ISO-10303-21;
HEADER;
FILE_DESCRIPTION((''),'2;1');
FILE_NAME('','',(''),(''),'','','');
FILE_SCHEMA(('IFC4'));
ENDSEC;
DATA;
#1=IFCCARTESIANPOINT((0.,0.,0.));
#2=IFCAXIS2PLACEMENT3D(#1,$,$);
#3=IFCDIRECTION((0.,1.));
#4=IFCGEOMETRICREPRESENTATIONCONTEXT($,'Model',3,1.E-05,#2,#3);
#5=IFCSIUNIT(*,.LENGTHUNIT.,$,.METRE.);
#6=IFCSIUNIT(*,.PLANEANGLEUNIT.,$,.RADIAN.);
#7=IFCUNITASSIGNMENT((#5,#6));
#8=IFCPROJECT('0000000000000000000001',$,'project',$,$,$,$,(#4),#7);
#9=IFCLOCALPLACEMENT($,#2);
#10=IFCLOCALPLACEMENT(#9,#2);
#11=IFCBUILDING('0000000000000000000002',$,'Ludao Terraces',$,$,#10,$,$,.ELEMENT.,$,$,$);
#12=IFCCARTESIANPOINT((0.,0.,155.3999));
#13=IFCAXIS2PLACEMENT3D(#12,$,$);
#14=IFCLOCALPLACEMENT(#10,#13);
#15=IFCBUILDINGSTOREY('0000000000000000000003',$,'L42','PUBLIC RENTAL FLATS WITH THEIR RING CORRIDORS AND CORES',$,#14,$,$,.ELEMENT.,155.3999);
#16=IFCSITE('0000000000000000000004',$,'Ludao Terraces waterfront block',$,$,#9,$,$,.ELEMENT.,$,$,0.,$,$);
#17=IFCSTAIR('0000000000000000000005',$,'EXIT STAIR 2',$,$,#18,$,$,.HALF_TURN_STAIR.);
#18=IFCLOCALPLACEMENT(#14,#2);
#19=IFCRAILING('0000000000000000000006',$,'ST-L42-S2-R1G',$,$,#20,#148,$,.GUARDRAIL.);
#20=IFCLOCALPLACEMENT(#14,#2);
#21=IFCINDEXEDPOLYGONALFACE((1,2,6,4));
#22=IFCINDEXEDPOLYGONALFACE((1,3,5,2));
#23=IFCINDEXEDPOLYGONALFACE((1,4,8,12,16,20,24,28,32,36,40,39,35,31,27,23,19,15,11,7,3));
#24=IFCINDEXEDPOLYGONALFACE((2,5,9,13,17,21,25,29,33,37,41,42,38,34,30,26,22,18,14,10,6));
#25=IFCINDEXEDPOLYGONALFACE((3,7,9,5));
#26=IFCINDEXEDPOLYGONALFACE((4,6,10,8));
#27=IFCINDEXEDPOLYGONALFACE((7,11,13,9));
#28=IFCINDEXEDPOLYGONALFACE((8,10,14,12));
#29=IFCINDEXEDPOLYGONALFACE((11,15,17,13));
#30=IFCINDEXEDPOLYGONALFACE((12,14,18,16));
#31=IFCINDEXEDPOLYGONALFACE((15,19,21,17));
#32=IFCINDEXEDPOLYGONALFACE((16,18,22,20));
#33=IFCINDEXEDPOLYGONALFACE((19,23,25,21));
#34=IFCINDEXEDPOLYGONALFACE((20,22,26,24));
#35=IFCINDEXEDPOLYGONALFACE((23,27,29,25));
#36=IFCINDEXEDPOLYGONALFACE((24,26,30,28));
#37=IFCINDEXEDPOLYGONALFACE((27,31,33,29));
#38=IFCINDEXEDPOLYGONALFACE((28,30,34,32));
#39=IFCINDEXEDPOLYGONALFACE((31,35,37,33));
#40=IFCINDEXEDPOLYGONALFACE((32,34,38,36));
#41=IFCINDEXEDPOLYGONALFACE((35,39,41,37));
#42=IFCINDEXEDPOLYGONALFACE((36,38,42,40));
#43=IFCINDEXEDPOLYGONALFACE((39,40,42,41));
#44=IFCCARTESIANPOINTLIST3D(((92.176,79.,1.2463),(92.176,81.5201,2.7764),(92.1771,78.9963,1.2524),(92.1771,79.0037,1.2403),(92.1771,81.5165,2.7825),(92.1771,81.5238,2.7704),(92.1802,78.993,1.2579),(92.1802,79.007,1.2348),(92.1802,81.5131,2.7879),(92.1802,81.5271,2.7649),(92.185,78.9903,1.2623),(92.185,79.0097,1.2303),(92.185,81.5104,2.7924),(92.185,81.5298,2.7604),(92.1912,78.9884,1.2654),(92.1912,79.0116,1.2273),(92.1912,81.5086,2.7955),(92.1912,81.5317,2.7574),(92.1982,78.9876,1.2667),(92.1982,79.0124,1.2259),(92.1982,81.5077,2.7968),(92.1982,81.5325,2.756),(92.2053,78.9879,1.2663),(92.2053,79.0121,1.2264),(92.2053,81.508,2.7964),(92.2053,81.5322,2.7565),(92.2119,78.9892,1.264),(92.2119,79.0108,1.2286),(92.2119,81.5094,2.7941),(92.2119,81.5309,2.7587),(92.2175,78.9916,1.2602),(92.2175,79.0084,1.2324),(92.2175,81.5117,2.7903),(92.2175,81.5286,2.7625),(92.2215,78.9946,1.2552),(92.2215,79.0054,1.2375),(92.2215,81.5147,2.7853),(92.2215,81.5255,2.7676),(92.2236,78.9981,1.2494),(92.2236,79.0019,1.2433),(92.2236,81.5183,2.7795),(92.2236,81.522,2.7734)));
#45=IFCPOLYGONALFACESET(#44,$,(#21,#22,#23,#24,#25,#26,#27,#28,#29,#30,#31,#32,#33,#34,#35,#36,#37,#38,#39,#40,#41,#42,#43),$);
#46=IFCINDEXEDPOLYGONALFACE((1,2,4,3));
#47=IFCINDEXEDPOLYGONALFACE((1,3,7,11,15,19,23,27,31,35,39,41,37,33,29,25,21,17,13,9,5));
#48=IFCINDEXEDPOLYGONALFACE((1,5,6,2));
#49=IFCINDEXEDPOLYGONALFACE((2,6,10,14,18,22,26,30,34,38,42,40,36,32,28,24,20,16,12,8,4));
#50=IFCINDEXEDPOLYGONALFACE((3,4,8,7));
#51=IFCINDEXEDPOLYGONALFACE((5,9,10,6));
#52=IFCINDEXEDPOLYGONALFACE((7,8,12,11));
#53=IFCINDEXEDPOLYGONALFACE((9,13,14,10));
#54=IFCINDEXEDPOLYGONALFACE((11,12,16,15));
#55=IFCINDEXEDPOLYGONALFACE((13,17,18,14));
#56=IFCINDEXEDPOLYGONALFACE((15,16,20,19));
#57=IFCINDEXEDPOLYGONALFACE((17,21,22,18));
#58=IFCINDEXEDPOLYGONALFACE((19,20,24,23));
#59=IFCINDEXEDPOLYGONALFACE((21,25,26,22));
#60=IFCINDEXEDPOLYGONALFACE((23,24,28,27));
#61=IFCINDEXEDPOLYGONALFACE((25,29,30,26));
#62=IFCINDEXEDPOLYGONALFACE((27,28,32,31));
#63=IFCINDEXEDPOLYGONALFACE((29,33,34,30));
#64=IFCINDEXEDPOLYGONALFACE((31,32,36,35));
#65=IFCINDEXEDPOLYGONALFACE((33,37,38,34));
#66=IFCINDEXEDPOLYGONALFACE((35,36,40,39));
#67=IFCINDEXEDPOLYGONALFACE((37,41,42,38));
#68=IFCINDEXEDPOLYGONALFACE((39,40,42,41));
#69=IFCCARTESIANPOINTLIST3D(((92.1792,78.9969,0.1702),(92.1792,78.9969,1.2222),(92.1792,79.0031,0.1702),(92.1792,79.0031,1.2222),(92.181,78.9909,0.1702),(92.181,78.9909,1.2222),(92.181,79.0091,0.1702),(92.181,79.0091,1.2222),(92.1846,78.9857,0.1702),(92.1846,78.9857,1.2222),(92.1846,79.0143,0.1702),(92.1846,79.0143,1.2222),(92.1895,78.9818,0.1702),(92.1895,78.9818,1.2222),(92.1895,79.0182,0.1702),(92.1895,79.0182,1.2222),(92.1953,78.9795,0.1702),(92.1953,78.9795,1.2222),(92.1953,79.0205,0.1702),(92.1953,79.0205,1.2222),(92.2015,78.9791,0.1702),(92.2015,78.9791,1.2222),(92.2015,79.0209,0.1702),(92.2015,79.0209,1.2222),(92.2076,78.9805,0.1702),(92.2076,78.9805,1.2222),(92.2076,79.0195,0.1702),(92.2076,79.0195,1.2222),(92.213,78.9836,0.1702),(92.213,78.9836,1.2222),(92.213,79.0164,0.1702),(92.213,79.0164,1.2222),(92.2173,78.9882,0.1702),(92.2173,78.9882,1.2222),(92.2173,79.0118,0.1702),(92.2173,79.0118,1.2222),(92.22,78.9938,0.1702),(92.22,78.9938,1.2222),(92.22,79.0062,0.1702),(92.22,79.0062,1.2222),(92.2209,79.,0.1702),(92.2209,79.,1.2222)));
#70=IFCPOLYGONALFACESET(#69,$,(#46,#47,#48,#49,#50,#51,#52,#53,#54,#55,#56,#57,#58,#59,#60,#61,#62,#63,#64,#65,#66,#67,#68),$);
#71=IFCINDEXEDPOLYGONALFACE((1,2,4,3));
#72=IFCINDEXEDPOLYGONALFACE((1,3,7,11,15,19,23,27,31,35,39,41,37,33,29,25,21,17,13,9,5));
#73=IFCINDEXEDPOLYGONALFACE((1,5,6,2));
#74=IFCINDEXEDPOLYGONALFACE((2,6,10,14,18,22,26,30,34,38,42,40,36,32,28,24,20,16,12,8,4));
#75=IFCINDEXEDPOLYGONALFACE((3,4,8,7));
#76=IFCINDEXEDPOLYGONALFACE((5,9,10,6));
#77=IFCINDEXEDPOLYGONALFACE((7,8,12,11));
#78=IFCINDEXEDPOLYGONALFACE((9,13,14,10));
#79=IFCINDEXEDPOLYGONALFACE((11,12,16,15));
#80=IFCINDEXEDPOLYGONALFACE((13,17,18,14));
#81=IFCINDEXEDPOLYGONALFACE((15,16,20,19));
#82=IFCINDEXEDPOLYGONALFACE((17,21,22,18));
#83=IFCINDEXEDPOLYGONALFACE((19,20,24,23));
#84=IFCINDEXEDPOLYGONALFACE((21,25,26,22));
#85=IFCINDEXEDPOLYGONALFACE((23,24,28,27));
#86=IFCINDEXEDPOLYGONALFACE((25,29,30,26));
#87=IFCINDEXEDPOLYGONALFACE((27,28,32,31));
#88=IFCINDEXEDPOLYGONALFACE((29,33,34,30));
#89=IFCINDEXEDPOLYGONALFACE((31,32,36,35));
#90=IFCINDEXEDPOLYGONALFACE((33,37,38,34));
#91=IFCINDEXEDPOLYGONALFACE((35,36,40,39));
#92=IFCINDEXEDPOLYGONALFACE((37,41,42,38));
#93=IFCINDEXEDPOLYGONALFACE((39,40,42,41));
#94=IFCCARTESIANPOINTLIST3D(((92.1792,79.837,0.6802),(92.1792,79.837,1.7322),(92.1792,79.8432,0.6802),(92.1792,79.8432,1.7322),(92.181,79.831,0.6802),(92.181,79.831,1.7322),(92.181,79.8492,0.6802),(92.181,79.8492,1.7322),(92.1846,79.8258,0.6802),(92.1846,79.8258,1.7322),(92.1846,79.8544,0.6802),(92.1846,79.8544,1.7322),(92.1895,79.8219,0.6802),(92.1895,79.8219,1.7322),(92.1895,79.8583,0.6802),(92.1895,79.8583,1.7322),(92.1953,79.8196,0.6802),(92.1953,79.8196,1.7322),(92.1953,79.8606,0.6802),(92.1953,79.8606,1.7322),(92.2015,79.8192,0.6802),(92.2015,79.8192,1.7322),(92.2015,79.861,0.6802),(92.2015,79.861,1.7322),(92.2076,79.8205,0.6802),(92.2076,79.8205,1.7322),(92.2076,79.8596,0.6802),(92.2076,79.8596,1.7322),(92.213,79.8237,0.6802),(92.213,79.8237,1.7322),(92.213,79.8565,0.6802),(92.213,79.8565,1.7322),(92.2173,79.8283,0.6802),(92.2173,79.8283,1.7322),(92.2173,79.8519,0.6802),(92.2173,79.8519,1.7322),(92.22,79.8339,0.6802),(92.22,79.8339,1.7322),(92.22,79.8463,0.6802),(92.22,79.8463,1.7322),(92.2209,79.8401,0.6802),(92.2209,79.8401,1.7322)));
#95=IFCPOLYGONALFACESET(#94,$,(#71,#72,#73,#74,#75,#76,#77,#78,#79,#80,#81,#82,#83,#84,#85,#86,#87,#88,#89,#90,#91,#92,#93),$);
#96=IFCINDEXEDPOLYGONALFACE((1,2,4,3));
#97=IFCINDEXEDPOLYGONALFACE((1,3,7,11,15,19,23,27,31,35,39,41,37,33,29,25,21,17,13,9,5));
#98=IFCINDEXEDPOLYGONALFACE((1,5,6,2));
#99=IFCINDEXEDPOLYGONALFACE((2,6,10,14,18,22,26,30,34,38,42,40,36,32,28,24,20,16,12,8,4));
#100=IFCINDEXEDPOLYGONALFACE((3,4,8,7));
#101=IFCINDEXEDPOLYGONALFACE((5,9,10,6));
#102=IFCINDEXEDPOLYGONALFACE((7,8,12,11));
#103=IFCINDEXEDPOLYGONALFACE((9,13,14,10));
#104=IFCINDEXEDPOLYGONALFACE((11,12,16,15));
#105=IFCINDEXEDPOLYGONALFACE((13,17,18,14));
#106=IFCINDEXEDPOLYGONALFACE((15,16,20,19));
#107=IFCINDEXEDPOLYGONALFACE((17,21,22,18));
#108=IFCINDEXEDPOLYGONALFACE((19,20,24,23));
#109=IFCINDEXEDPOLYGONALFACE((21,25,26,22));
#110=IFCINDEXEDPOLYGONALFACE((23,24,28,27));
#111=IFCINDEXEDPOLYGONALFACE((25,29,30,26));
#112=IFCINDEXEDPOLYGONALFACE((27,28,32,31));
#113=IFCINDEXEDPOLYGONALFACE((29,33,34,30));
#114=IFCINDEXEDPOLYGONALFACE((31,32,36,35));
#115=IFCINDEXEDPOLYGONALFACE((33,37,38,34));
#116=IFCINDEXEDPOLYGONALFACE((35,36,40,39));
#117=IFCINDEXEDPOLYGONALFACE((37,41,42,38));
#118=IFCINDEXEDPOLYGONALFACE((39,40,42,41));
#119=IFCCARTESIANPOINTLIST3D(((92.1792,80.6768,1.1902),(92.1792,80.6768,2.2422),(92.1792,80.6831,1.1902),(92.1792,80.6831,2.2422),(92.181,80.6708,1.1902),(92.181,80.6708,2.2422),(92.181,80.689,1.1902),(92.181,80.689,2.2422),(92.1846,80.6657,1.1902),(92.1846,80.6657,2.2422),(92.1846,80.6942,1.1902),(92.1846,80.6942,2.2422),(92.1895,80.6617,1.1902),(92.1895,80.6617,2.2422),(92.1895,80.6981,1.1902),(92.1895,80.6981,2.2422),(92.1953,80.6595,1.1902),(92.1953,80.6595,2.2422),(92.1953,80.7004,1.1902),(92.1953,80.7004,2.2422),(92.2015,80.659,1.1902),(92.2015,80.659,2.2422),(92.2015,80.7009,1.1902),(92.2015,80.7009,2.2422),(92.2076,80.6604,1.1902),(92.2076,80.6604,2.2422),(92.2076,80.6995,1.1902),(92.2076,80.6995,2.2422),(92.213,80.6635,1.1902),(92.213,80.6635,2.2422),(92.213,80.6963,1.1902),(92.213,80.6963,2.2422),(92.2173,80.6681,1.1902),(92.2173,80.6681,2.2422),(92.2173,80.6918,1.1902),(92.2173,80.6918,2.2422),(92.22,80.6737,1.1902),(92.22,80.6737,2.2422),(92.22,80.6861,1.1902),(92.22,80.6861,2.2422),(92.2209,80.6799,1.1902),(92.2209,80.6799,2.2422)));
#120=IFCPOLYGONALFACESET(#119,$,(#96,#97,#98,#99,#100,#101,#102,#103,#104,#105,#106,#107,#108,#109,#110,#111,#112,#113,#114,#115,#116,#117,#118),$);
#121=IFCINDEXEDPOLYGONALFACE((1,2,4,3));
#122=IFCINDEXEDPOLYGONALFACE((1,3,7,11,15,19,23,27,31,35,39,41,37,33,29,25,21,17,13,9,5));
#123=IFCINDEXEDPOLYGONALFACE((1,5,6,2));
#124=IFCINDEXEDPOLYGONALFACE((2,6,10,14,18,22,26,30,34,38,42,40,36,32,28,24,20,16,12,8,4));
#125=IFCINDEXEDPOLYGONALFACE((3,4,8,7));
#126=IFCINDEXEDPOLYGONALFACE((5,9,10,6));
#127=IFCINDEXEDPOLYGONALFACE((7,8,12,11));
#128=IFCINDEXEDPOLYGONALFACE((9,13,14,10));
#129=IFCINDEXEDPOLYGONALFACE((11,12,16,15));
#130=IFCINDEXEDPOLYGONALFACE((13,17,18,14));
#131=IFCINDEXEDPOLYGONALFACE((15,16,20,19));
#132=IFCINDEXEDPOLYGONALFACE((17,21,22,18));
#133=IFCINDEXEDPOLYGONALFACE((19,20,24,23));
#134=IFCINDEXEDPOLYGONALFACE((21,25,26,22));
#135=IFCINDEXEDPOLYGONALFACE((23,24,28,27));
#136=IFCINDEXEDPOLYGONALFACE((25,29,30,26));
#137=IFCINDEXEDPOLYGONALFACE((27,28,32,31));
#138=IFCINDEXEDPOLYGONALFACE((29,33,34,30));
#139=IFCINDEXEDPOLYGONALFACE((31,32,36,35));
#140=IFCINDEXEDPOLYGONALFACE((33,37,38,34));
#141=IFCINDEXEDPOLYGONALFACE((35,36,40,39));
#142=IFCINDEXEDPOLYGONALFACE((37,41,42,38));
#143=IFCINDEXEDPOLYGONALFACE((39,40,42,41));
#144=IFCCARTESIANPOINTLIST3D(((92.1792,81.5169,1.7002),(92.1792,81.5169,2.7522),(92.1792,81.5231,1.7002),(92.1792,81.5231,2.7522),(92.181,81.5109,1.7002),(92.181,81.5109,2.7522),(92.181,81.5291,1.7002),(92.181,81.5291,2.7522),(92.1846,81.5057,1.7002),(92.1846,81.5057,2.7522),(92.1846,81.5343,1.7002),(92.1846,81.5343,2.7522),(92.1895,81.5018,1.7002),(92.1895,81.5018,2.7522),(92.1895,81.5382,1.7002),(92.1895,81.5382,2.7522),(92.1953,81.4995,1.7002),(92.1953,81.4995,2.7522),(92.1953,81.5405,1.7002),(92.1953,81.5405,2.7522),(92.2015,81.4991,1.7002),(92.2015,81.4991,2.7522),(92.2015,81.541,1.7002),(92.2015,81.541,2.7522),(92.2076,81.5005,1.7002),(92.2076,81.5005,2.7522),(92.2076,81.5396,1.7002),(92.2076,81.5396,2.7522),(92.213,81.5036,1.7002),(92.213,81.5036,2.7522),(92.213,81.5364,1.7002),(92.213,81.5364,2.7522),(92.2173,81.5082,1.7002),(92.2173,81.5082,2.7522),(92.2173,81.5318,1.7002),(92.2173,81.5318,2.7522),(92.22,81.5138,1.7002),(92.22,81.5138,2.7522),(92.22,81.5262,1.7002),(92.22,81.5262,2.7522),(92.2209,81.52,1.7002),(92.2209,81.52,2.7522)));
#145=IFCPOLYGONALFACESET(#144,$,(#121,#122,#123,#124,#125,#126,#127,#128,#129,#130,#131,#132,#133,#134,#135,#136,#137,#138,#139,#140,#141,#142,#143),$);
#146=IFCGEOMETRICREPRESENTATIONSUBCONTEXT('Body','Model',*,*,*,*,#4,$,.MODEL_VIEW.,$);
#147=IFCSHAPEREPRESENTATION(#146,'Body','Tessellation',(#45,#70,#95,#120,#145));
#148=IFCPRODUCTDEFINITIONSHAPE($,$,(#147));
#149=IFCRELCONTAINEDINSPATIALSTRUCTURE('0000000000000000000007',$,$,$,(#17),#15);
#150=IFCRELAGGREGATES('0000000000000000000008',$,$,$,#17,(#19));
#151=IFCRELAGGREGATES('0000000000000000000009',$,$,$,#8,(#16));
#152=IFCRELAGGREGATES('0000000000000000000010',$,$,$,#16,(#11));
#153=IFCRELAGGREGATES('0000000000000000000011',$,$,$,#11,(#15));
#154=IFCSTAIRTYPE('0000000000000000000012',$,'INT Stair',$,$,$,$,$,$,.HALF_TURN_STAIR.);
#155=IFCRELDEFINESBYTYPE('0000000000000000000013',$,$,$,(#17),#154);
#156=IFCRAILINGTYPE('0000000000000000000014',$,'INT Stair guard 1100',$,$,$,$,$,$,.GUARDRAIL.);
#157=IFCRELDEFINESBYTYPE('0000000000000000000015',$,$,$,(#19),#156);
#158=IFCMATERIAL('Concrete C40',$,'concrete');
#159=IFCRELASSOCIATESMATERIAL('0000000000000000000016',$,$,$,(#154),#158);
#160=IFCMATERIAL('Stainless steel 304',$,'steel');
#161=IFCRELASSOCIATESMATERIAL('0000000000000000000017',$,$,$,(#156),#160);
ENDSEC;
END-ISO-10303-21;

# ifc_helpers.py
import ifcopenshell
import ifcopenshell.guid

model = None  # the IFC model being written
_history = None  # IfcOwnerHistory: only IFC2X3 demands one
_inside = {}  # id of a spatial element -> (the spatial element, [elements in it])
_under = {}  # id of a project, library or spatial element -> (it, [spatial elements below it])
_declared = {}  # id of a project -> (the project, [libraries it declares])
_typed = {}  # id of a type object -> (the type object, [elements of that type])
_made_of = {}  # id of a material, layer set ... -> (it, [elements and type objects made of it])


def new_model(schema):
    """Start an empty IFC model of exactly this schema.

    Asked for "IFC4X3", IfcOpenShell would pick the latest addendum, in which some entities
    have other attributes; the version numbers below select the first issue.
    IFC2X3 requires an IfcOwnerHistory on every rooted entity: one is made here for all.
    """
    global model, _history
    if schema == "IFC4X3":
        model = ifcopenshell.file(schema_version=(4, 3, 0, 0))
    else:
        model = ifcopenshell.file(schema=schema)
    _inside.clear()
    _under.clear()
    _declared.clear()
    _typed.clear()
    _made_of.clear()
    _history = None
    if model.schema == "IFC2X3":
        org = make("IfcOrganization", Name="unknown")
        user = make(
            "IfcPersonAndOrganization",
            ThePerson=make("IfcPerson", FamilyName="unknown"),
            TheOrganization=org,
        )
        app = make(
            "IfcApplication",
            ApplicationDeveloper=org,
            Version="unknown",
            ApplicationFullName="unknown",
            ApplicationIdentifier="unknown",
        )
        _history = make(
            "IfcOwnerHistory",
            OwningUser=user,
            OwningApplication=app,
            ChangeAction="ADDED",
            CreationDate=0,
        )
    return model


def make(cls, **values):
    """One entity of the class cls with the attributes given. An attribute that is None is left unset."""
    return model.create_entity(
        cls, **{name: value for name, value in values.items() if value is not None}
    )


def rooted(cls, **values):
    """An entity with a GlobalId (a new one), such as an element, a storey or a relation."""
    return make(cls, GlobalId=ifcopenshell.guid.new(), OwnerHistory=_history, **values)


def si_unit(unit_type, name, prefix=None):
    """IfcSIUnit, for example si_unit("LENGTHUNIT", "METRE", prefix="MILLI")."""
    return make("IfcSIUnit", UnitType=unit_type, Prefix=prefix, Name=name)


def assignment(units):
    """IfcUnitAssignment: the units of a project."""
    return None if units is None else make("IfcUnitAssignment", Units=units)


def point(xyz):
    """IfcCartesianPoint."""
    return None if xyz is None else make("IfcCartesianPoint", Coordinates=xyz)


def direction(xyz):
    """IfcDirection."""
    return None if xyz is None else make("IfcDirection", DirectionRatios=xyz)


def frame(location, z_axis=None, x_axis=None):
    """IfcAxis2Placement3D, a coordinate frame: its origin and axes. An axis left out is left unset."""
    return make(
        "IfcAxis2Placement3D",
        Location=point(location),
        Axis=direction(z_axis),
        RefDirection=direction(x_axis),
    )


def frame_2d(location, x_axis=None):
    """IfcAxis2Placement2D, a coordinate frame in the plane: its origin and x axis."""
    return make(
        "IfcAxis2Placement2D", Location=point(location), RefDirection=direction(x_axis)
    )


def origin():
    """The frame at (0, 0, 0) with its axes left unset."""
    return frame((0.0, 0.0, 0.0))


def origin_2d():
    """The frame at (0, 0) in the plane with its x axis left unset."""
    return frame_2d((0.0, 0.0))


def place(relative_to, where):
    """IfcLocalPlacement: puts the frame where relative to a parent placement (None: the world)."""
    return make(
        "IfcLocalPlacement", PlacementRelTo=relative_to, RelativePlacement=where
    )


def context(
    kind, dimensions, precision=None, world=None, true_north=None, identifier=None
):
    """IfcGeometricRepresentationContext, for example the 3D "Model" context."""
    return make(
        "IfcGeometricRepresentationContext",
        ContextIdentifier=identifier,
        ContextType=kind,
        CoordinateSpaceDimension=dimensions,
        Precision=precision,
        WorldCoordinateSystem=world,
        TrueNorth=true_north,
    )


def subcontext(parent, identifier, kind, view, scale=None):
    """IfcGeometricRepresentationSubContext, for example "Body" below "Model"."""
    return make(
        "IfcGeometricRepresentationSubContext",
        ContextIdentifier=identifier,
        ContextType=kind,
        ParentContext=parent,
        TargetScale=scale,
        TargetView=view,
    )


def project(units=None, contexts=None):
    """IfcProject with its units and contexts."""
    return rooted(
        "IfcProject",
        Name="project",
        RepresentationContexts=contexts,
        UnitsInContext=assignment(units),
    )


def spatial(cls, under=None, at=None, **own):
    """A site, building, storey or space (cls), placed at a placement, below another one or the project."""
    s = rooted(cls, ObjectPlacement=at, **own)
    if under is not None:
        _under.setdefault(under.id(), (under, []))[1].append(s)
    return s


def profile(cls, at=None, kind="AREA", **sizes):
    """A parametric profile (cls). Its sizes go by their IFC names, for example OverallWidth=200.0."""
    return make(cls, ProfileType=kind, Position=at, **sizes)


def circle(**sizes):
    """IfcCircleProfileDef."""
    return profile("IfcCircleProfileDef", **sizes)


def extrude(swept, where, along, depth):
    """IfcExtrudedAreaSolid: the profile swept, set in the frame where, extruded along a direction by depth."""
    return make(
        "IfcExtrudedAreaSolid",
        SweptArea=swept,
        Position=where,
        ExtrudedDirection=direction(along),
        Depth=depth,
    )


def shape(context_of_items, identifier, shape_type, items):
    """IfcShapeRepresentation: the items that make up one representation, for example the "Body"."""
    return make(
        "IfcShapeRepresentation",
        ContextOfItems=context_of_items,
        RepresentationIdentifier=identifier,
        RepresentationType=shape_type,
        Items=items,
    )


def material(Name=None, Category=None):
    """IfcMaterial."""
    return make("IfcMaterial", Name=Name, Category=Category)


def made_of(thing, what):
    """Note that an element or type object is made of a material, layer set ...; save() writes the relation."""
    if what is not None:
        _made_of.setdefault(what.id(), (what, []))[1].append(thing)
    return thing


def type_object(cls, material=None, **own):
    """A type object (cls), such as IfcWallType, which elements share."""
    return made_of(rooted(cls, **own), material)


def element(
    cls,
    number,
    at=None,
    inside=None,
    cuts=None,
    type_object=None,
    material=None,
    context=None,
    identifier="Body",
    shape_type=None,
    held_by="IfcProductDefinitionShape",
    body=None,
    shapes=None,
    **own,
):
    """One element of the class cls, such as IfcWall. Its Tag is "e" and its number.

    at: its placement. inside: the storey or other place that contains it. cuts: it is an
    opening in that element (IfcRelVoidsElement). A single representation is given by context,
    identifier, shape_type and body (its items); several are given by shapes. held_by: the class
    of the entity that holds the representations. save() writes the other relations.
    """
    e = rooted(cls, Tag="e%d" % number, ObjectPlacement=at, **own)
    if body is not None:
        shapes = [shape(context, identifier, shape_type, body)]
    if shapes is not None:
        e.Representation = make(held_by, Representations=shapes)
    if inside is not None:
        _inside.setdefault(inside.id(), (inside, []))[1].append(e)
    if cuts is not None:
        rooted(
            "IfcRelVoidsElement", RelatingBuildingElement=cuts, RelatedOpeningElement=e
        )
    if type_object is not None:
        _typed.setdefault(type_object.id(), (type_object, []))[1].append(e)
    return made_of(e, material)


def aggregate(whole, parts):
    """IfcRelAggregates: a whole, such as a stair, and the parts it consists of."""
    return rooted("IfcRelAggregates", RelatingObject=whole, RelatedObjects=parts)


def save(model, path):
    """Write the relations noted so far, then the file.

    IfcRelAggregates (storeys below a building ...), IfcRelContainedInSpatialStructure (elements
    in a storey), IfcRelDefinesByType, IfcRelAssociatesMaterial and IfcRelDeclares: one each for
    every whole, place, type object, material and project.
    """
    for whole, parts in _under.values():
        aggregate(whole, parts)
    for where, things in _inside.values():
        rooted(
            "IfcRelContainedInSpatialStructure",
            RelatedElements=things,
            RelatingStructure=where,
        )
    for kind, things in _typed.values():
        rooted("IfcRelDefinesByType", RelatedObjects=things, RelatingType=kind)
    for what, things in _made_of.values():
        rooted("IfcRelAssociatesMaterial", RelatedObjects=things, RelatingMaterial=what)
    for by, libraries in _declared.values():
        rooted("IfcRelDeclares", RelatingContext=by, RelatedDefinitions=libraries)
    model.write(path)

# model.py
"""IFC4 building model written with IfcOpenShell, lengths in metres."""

from ifc_helpers import new_model, si_unit, direction, frame, origin, origin_2d, place, context, subcontext, project, spatial, circle, extrude, material, type_object, element, aggregate, save


model = new_model("IFC4")

# Units and contexts
model_context = context("Model", 3, precision=1e-05, world=origin(), true_north=direction((0.0, 1.0)))
body_context = subcontext(model_context, "Body", "Model", "MODEL_VIEW")
ifc_project = project(units=[si_unit("LENGTHUNIT", "METRE"), si_unit("PLANEANGLEUNIT", "RADIAN")], contexts=[model_context])

# Site, building, storey
site_placement = place(None, origin())
site = spatial("IfcSite", under=ifc_project, at=site_placement, Name="Ludao Terraces waterfront block", CompositionType="ELEMENT", RefElevation=0.0)
building_placement = place(site_placement, origin())
building = spatial("IfcBuilding", under=site, at=building_placement, Name="Ludao Terraces", CompositionType="ELEMENT")
storey_placement = place(building_placement, frame((0.0, 0.0, 155.3999)))
storey = spatial("IfcBuildingStorey", under=building, at=storey_placement, Name="L42", Description="PUBLIC RENTAL FLATS WITH THEIR RING CORRIDORS AND CORES", CompositionType="ELEMENT", Elevation=155.3999)

# Shared definitions
ifc_material_1 = material(Name="Concrete C40", Category="concrete")

# Shared definitions
ifc_material_2 = material(Name="Stainless steel 304", Category="steel")

# Stair, railing
stair_type = type_object("IfcStairType", Name="INT Stair", PredefinedType="HALF_TURN_STAIR", material=ifc_material_1)
stair_placement = place(storey_placement, origin())
stair = element("IfcStair", 1, at=stair_placement, inside=storey, type_object=stair_type, Name="EXIT STAIR 2", PredefinedType="HALF_TURN_STAIR")
railing_type_1 = type_object("IfcRailingType", Name="INT Stair guard 1100", PredefinedType="GUARDRAIL", material=ifc_material_2)
railing_1_placement = place(storey_placement, frame((92.2, 79.0, 0.1702)))
railing_1 = element("IfcRailing", 2, at=railing_1_placement, type_object=railing_type_1, Name="ST-L42-S2-R1G", PredefinedType="GUARDRAIL", context=body_context, shape_type="SweptSolid", body=[
    extrude(circle(Radius=0.0239, at=origin_2d()), frame((0.0, 0.0, 1.0762), z_axis=(0.0, 0.854785, 0.518982), x_axis=(-1.0, 0.0, 0.0)), (0.0, 0.0, 1.0), 2.9482),
    extrude(circle(Radius=0.021, at=origin_2d()), origin(), (0.0, 0.0, 1.0), 1.052),
    extrude(circle(Radius=0.021, at=origin_2d()), frame((0.0, 0.8401, 0.51)), (0.0, 0.0, 1.0), 1.052),
    extrude(circle(Radius=0.021, at=origin_2d()), frame((0.0, 1.6799, 1.02)), (0.0, 0.0, 1.0), 1.052),
    extrude(circle(Radius=0.021, at=origin_2d()), frame((0.0, 2.52, 1.53)), (0.0, 0.0, 1.0), 1.052),
])
aggregate(stair, [railing_1])

save(model, "model.ifc")
